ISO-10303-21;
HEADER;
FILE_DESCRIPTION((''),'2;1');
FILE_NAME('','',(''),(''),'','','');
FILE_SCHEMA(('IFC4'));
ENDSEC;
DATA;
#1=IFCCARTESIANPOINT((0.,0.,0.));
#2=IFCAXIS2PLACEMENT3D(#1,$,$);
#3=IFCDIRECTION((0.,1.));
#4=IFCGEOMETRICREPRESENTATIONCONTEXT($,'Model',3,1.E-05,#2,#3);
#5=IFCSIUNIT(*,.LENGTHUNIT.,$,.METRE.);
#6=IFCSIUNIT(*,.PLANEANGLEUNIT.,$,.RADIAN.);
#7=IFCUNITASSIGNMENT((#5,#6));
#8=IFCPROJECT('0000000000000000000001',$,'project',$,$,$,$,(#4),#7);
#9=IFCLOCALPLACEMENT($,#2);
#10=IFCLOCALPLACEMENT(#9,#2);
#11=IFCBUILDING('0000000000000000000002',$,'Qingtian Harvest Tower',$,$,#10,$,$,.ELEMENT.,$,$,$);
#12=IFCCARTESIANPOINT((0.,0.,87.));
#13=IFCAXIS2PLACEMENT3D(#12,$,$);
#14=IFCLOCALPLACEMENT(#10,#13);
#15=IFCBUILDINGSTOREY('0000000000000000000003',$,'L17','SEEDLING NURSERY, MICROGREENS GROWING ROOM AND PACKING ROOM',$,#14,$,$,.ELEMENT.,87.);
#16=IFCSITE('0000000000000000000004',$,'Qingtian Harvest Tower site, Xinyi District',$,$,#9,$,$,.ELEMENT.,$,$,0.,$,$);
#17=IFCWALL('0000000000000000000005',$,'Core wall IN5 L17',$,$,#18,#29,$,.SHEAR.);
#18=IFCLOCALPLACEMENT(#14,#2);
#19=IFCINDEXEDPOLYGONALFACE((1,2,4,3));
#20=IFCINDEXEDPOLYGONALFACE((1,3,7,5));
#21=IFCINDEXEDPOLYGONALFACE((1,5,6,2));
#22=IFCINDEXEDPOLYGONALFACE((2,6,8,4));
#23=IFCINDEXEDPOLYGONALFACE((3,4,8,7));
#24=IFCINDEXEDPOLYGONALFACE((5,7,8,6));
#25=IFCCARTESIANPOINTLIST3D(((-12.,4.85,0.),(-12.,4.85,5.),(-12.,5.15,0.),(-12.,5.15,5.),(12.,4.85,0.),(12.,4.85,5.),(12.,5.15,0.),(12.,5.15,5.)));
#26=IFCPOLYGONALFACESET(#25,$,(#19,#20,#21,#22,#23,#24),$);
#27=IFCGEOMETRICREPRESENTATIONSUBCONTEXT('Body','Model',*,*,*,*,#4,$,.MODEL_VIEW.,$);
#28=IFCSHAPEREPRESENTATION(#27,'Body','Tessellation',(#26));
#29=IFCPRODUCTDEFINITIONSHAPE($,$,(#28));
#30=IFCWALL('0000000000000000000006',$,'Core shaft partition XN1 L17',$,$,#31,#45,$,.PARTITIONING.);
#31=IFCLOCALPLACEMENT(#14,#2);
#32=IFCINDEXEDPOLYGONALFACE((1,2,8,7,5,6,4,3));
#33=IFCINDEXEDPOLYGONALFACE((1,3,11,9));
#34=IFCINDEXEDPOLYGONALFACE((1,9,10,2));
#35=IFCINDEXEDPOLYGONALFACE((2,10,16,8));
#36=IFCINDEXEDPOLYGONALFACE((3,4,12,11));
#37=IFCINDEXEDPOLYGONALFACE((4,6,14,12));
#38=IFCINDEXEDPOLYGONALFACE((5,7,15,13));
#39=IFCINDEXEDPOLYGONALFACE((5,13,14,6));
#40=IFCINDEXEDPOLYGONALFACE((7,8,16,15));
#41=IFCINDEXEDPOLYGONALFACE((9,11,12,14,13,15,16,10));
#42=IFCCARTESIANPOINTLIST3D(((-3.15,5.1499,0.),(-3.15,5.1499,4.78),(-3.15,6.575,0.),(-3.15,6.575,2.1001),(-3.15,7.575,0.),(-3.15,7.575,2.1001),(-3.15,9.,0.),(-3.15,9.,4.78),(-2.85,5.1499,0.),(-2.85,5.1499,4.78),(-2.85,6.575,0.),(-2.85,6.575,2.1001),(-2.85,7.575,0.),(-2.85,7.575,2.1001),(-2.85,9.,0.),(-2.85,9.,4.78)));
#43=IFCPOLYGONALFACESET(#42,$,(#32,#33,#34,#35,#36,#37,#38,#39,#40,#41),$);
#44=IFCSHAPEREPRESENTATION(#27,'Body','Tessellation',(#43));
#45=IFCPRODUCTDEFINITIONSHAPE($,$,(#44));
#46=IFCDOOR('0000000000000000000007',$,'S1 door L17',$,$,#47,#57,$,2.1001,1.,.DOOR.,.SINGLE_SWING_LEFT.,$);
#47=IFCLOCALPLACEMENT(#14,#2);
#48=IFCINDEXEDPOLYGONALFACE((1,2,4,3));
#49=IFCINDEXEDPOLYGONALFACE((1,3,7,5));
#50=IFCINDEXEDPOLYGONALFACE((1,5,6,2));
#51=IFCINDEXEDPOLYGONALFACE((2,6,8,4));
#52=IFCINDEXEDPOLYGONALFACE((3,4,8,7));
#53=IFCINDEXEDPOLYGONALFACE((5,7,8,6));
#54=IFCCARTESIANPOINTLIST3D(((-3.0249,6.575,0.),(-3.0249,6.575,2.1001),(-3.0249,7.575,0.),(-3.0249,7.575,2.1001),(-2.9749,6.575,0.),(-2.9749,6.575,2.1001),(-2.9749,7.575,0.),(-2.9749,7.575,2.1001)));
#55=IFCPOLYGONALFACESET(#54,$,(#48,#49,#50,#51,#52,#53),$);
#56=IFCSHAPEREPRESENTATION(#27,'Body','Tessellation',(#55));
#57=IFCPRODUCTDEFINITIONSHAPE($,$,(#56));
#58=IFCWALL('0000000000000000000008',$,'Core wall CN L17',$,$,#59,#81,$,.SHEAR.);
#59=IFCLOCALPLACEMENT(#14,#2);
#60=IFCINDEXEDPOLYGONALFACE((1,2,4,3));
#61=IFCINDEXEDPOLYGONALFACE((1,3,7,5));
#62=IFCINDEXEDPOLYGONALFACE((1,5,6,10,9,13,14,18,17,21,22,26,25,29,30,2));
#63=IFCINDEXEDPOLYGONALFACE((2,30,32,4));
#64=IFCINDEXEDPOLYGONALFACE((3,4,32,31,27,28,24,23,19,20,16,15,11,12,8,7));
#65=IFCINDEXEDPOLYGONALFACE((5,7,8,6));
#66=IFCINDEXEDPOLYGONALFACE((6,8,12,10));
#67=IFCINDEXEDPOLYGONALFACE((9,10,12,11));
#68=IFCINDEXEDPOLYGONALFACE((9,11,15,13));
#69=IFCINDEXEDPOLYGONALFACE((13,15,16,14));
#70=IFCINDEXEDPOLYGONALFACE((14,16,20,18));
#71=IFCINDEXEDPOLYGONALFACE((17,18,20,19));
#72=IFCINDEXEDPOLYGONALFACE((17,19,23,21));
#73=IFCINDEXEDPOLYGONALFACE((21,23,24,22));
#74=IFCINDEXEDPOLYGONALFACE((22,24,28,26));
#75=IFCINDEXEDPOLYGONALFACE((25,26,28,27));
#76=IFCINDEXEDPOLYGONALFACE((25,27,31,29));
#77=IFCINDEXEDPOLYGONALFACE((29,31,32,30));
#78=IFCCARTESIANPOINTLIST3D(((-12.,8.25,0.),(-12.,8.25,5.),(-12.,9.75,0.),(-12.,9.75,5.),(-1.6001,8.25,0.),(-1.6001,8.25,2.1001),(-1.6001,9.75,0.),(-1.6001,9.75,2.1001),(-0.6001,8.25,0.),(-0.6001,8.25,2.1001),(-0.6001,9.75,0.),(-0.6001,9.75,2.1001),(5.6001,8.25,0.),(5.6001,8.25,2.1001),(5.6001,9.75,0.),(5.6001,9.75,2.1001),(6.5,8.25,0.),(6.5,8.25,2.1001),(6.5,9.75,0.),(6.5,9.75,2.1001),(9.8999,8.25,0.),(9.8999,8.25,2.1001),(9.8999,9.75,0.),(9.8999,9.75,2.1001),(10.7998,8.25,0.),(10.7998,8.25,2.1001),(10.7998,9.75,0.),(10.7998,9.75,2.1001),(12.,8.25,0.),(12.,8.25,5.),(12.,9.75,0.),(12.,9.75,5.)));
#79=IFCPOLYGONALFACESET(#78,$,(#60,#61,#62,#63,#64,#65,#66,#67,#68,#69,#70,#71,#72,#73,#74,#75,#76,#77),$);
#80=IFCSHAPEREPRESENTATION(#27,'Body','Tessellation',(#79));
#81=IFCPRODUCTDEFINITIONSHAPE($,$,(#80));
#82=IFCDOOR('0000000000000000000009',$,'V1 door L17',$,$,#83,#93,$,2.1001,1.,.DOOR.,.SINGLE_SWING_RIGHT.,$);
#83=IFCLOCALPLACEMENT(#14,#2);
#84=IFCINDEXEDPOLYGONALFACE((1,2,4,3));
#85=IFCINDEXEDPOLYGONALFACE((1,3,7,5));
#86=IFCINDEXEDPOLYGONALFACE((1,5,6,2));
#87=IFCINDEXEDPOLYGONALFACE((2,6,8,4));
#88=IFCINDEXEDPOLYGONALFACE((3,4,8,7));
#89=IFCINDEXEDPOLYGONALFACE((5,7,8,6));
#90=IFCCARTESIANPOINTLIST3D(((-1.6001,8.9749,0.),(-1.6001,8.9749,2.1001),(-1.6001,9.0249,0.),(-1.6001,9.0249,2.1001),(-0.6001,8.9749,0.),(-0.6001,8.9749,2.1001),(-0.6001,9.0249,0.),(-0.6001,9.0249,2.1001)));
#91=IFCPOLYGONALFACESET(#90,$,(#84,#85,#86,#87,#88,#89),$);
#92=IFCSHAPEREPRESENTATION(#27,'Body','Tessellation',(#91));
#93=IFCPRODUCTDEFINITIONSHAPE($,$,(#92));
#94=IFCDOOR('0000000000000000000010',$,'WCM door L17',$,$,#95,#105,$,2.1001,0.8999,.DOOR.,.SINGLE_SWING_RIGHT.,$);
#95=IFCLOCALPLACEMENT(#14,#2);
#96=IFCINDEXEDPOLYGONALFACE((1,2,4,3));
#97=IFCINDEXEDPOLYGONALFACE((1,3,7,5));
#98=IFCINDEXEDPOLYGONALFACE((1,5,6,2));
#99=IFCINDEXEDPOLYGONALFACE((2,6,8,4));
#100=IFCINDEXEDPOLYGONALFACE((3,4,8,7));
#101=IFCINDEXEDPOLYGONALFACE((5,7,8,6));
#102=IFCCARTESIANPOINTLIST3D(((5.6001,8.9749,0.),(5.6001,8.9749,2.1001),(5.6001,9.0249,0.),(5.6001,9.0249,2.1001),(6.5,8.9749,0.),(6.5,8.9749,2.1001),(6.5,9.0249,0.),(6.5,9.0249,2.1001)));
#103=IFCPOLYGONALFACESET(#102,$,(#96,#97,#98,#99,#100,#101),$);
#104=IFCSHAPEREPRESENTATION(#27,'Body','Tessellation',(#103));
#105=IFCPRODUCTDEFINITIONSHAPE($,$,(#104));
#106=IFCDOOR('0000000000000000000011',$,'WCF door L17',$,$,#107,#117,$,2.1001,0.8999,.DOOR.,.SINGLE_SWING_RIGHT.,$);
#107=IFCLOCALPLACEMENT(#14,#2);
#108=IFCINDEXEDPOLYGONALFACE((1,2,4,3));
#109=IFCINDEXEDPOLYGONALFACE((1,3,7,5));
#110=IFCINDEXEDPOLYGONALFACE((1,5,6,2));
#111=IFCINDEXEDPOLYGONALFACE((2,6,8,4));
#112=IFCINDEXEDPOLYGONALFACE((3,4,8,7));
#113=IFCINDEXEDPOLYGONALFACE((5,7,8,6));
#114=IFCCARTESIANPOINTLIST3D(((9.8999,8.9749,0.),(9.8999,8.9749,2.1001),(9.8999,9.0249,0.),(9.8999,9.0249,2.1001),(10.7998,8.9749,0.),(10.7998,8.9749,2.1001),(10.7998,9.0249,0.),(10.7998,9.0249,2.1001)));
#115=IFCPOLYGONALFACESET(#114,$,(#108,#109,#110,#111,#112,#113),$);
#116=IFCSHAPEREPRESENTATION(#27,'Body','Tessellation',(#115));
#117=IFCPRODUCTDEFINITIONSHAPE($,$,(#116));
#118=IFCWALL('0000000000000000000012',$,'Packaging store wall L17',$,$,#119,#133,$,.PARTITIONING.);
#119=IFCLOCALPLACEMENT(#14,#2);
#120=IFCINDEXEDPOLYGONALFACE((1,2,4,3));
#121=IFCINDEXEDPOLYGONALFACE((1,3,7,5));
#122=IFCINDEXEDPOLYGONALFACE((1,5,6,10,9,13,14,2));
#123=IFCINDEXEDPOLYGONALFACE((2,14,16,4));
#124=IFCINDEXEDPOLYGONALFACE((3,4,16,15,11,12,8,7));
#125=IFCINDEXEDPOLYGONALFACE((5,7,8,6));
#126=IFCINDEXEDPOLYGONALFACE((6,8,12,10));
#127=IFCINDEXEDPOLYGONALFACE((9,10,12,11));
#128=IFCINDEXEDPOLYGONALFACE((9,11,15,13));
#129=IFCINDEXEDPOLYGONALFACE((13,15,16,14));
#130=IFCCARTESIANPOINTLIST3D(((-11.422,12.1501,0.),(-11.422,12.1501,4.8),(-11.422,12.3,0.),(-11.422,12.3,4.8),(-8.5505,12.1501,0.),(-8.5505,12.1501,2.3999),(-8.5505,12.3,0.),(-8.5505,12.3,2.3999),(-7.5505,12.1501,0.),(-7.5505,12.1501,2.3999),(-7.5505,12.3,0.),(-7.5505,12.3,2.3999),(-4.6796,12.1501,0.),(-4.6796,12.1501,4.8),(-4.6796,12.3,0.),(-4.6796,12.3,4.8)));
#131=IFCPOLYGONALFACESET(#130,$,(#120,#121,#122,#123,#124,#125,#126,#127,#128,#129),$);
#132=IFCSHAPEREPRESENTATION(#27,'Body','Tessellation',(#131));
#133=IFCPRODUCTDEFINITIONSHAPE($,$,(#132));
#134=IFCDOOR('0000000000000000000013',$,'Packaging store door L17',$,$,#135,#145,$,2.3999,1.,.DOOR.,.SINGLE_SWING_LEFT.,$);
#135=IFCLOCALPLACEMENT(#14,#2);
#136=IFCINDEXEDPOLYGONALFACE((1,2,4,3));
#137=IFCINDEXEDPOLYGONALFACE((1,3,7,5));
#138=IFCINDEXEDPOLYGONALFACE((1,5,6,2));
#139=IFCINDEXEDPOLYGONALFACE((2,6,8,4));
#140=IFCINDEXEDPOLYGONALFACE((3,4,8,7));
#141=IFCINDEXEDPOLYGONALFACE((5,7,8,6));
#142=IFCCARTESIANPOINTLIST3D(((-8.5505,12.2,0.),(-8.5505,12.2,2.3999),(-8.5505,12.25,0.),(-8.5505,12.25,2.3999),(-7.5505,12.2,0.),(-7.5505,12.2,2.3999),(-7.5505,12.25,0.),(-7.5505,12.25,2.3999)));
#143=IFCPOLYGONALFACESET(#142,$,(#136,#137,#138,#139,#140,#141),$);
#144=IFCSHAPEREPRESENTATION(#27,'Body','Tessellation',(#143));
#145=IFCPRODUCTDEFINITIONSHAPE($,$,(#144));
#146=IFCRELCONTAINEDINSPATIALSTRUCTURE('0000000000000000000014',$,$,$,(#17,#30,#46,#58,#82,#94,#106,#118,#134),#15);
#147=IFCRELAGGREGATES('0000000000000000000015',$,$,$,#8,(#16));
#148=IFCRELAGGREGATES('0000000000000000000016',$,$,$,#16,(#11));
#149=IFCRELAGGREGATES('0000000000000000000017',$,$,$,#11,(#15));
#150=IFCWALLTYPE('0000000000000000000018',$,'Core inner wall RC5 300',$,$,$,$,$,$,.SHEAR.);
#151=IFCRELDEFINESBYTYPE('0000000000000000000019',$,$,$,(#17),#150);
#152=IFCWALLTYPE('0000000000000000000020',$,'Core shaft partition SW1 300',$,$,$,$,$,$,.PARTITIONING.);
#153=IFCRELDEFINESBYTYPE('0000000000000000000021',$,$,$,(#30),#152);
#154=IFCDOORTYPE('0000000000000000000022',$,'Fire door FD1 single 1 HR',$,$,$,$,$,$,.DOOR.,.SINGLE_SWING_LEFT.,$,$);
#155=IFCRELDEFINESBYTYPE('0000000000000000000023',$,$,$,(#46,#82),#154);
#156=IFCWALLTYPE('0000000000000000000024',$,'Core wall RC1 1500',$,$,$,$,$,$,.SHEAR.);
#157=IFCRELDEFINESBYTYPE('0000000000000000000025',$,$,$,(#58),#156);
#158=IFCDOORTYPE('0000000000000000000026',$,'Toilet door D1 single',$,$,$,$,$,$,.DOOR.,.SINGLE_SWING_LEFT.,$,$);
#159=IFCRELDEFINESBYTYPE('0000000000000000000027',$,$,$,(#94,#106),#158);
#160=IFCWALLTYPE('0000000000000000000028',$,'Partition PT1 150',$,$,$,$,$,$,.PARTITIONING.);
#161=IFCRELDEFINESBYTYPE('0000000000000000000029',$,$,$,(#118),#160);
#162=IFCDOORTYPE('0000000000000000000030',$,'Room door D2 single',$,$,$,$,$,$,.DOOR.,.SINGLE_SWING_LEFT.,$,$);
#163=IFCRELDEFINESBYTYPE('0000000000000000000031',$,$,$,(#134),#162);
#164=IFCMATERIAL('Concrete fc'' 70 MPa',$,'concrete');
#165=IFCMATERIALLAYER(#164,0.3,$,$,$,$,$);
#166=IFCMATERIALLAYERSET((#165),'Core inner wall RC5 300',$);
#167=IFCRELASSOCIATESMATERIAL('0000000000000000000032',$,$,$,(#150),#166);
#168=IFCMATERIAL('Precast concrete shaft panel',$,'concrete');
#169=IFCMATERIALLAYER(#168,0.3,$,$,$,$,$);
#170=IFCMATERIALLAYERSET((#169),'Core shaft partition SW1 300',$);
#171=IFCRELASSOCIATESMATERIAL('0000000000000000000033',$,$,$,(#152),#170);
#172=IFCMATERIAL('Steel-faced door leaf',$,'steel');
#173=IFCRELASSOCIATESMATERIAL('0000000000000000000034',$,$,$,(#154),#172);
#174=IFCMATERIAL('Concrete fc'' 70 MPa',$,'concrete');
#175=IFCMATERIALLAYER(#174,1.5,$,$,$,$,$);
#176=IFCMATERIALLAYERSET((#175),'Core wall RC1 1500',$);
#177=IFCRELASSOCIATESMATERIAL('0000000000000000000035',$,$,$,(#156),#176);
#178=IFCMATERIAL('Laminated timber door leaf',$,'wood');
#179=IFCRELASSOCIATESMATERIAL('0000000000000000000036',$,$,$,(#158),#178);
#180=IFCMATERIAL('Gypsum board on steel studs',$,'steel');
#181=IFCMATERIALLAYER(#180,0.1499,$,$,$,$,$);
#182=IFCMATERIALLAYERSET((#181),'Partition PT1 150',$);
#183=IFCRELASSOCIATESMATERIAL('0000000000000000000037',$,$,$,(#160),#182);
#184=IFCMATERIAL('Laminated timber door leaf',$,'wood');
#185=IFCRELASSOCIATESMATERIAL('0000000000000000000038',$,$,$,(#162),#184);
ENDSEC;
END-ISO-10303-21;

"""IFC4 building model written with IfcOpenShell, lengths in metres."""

from ifc_helpers import new_model, si_unit, direction, frame, frame_2d, origin, place, context, subcontext, project, spatial, rectangle, extrude, material, layer, layer_set, type_object, element, fill, save


model = new_model("IFC4")

# Units and contexts
model_context = context("Model", 3, precision=1e-05, world=origin(), true_north=direction((0.0, 1.0)))
body_context = subcontext(model_context, "Body", "Model", "MODEL_VIEW")
ifc_project = project(units=[si_unit("LENGTHUNIT", "METRE"), si_unit("PLANEANGLEUNIT", "RADIAN")], contexts=[model_context])

# Site, building, storey
site_placement = place(None, origin())
site = spatial("IfcSite", under=ifc_project, at=site_placement, Name="Qingtian Harvest Tower site, Xinyi District", CompositionType="ELEMENT", RefElevation=0.0)
building_placement = place(site_placement, origin())
building = spatial("IfcBuilding", under=site, at=building_placement, Name="Qingtian Harvest Tower", CompositionType="ELEMENT")
storey_placement = place(building_placement, frame((0.0, 0.0, 87.0)))
storey = spatial("IfcBuildingStorey", under=building, at=storey_placement, Name="L17", Description="SEEDLING NURSERY, MICROGREENS GROWING ROOM AND PACKING ROOM", CompositionType="ELEMENT", Elevation=87.0)

# Wall
ifc_material_1 = material(Name="Concrete fc' 70 MPa", Category="concrete")
ifc_layer_1 = layer(ifc_material_1, 0.3)
ifc_layer_set_1 = layer_set([ifc_layer_1], Name="Core inner wall RC5 300")
wall_type_1 = type_object("IfcWallType", Name="Core inner wall RC5 300", PredefinedType="SHEAR", material=ifc_layer_set_1)
wall_1_placement = place(storey_placement, frame((-12.0, 5.0, 0.0), z_axis=(0.0, 0.0, 1.0), x_axis=(1.0, 0.0, 0.0)))
element("IfcWall", 1, at=wall_1_placement, inside=storey, type_object=wall_type_1, Name="Core wall IN5 L17", PredefinedType="SHEAR", context=body_context, shape_type="SweptSolid", body=[
    extrude(rectangle(XDim=24.0, YDim=0.3, at=frame_2d((12.0, 0.0))), origin(), (0.0, 0.0, 1.0), 5.0),
])

# Wall, opening, door
ifc_material_2 = material(Name="Precast concrete shaft panel", Category="concrete")
ifc_layer_2 = layer(ifc_material_2, 0.3)
ifc_layer_set_2 = layer_set([ifc_layer_2], Name="Core shaft partition SW1 300")
wall_type_2 = type_object("IfcWallType", Name="Core shaft partition SW1 300", PredefinedType="PARTITIONING", material=ifc_layer_set_2)
wall_2_placement = place(storey_placement, frame((-3.0, 5.1499, 0.0), z_axis=(0.0, 0.0, 1.0), x_axis=(0.0, 1.0, 0.0)))
wall_2 = element("IfcWall", 2, at=wall_2_placement, inside=storey, type_object=wall_type_2, Name="Core shaft partition XN1 L17", PredefinedType="PARTITIONING", context=body_context, shape_type="SweptSolid", body=[
    extrude(rectangle(XDim=3.8501, YDim=0.3, at=frame_2d((1.925, 0.0))), origin(), (0.0, 0.0, 1.0), 4.78),
])
opening_1_placement = place(wall_2_placement, frame((1.425, 0.0, 0.0)))
opening_1 = element("IfcOpeningElement", 3, at=opening_1_placement, cuts=wall_2, PredefinedType="OPENING", context=body_context, shape_type="SweptSolid", body=[
    extrude(rectangle(XDim=1.0, YDim=2.1001, at=frame_2d((0.5, 1.05))), frame((0.0, 0.1599, 0.0), z_axis=(0.0, -1.0, 0.0), x_axis=(1.0, 0.0, 0.0)), (0.0, 0.0, 1.0), 0.3201),
])
ifc_material_3 = material(Name="Steel-faced door leaf", Category="steel")
door_type_1 = type_object("IfcDoorType", Name="Fire door FD1 single 1 HR", OperationType="SINGLE_SWING_LEFT", PredefinedType="DOOR", material=ifc_material_3)
door_1_placement = place(opening_1_placement, origin())
door_1 = element("IfcDoor", 4, at=door_1_placement, inside=storey, type_object=door_type_1, Name="S1 door L17", OperationType="SINGLE_SWING_LEFT", OverallHeight=2.1001, OverallWidth=1.0, PredefinedType="DOOR", context=body_context, shape_type="SweptSolid", body=[
    extrude(rectangle(XDim=1.0, YDim=2.1001, at=frame_2d((0.5, 1.05))), frame((0.0, 0.0249, 0.0), z_axis=(0.0, -1.0, 0.0), x_axis=(1.0, 0.0, 0.0)), (0.0, 0.0, 1.0), 0.05),
])
fill(opening_1, door_1)

# Wall, openings, doors
ifc_material_4 = material(Name="Concrete fc' 70 MPa", Category="concrete")
ifc_layer_3 = layer(ifc_material_4, 1.5)
ifc_layer_set_3 = layer_set([ifc_layer_3], Name="Core wall RC1 1500")
wall_type_3 = type_object("IfcWallType", Name="Core wall RC1 1500", PredefinedType="SHEAR", material=ifc_layer_set_3)
wall_3_placement = place(storey_placement, frame((-12.0, 9.0, 0.0), z_axis=(0.0, 0.0, 1.0), x_axis=(1.0, 0.0, 0.0)))
wall_3 = element("IfcWall", 5, at=wall_3_placement, inside=storey, type_object=wall_type_3, Name="Core wall CN L17", PredefinedType="SHEAR", context=body_context, shape_type="SweptSolid", body=[
    extrude(rectangle(XDim=24.0, YDim=1.5, at=frame_2d((12.0, 0.0))), origin(), (0.0, 0.0, 1.0), 5.0),
])
opening_2_placement = place(wall_3_placement, frame((10.3999, 0.0, 0.0)))
opening_2 = element("IfcOpeningElement", 6, at=opening_2_placement, cuts=wall_3, PredefinedType="OPENING", context=body_context, shape_type="SweptSolid", body=[
    extrude(rectangle(XDim=1.0, YDim=2.1001, at=frame_2d((0.5, 1.05))), frame((0.0, 0.76, 0.0), z_axis=(0.0, -1.0, 0.0), x_axis=(1.0, 0.0, 0.0)), (0.0, 0.0, 1.0), 1.52),
])
opening_3_placement = place(wall_3_placement, frame((17.6001, 0.0, 0.0)))
opening_3 = element("IfcOpeningElement", 7, at=opening_3_placement, cuts=wall_3, PredefinedType="OPENING", context=body_context, shape_type="SweptSolid", body=[
    extrude(rectangle(XDim=0.8999, YDim=2.1001, at=frame_2d((0.45, 1.05))), frame((0.0, 0.76, 0.0), z_axis=(0.0, -1.0, 0.0), x_axis=(1.0, 0.0, 0.0)), (0.0, 0.0, 1.0), 1.52),
])
opening_4_placement = place(wall_3_placement, frame((21.8999, 0.0, 0.0)))
opening_4 = element("IfcOpeningElement", 8, at=opening_4_placement, cuts=wall_3, PredefinedType="OPENING", context=body_context, shape_type="SweptSolid", body=[
    extrude(rectangle(XDim=0.8999, YDim=2.1001, at=frame_2d((0.45, 1.05))), frame((0.0, 0.76, 0.0), z_axis=(0.0, -1.0, 0.0), x_axis=(1.0, 0.0, 0.0)), (0.0, 0.0, 1.0), 1.52),
])
door_2_placement = place(opening_2_placement, origin())
door_2 = element("IfcDoor", 9, at=door_2_placement, inside=storey, type_object=door_type_1, Name="V1 door L17", OperationType="SINGLE_SWING_RIGHT", OverallHeight=2.1001, OverallWidth=1.0, PredefinedType="DOOR", context=body_context, shape_type="SweptSolid", body=[
    extrude(rectangle(XDim=1.0, YDim=2.1001, at=frame_2d((0.5, 1.05))), frame((0.0, 0.0249, 0.0), z_axis=(0.0, -1.0, 0.0), x_axis=(1.0, 0.0, 0.0)), (0.0, 0.0, 1.0), 0.05),
])
fill(opening_2, door_2)
ifc_material_5 = material(Name="Laminated timber door leaf", Category="wood")
door_type_2 = type_object("IfcDoorType", Name="Toilet door D1 single", OperationType="SINGLE_SWING_LEFT", PredefinedType="DOOR", material=ifc_material_5)
door_3_placement = place(opening_3_placement, origin())
door_3 = element("IfcDoor", 10, at=door_3_placement, inside=storey, type_object=door_type_2, Name="WCM door L17", OperationType="SINGLE_SWING_RIGHT", OverallHeight=2.1001, OverallWidth=0.8999, PredefinedType="DOOR", context=body_context, shape_type="SweptSolid", body=[
    extrude(rectangle(XDim=0.8999, YDim=2.1001, at=frame_2d((0.45, 1.05))), frame((0.0, 0.0249, 0.0), z_axis=(0.0, -1.0, 0.0), x_axis=(1.0, 0.0, 0.0)), (0.0, 0.0, 1.0), 0.05),
])
fill(opening_3, door_3)
door_4_placement = place(opening_4_placement, origin())
door_4 = element("IfcDoor", 11, at=door_4_placement, inside=storey, type_object=door_type_2, Name="WCF door L17", OperationType="SINGLE_SWING_RIGHT", OverallHeight=2.1001, OverallWidth=0.8999, PredefinedType="DOOR", context=body_context, shape_type="SweptSolid", body=[
    extrude(rectangle(XDim=0.8999, YDim=2.1001, at=frame_2d((0.45, 1.05))), frame((0.0, 0.0249, 0.0), z_axis=(0.0, -1.0, 0.0), x_axis=(1.0, 0.0, 0.0)), (0.0, 0.0, 1.0), 0.05),
])
fill(opening_4, door_4)

# Wall, opening, door
ifc_material_6 = material(Name="Gypsum board on steel studs", Category="steel")
ifc_layer_4 = layer(ifc_material_6, 0.1499)
ifc_layer_set_4 = layer_set([ifc_layer_4], Name="Partition PT1 150")
wall_type_4 = type_object("IfcWallType", Name="Partition PT1 150", PredefinedType="PARTITIONING", material=ifc_layer_set_4)
wall_4_placement = place(storey_placement, frame((-11.4219, 12.2251, 0.0), z_axis=(0.0, 0.0, 1.0), x_axis=(1.0, 0.0, 0.0)))
wall_4 = element("IfcWall", 12, at=wall_4_placement, inside=storey, type_object=wall_type_4, Name="Packaging store wall L17", PredefinedType="PARTITIONING", context=body_context, shape_type="SweptSolid", body=[
    extrude(rectangle(XDim=6.7424, YDim=0.1499, at=frame_2d((3.3711, 0.0))), origin(), (0.0, 0.0, 1.0), 4.8),
])
opening_5_placement = place(wall_4_placement, frame((2.8713, 0.0, 0.0)))
opening_5 = element("IfcOpeningElement", 13, at=opening_5_placement, cuts=wall_4, PredefinedType="OPENING", context=body_context, shape_type="SweptSolid", body=[
    extrude(rectangle(XDim=1.0, YDim=2.3999, at=frame_2d((0.5, 1.2))), frame((0.0, 0.085, 0.0), z_axis=(0.0, -1.0, 0.0), x_axis=(1.0, 0.0, 0.0)), (0.0, 0.0, 1.0), 0.1699),
])
ifc_material_7 = material(Name="Laminated timber door leaf", Category="wood")
door_type_3 = type_object("IfcDoorType", Name="Room door D2 single", OperationType="SINGLE_SWING_LEFT", PredefinedType="DOOR", material=ifc_material_7)
door_5_placement = place(opening_5_placement, origin())
door_5 = element("IfcDoor", 14, at=door_5_placement, inside=storey, type_object=door_type_3, Name="Packaging store door L17", OperationType="SINGLE_SWING_LEFT", OverallHeight=2.3999, OverallWidth=1.0, PredefinedType="DOOR", context=body_context, shape_type="SweptSolid", body=[
    extrude(rectangle(XDim=1.0, YDim=2.3999, at=frame_2d((0.5, 1.2))), frame((0.0, 0.0249, 0.0), z_axis=(0.0, -1.0, 0.0), x_axis=(1.0, 0.0, 0.0)), (0.0, 0.0, 1.0), 0.05),
])
fill(opening_5, door_5)

save(model, "model.ifc")
